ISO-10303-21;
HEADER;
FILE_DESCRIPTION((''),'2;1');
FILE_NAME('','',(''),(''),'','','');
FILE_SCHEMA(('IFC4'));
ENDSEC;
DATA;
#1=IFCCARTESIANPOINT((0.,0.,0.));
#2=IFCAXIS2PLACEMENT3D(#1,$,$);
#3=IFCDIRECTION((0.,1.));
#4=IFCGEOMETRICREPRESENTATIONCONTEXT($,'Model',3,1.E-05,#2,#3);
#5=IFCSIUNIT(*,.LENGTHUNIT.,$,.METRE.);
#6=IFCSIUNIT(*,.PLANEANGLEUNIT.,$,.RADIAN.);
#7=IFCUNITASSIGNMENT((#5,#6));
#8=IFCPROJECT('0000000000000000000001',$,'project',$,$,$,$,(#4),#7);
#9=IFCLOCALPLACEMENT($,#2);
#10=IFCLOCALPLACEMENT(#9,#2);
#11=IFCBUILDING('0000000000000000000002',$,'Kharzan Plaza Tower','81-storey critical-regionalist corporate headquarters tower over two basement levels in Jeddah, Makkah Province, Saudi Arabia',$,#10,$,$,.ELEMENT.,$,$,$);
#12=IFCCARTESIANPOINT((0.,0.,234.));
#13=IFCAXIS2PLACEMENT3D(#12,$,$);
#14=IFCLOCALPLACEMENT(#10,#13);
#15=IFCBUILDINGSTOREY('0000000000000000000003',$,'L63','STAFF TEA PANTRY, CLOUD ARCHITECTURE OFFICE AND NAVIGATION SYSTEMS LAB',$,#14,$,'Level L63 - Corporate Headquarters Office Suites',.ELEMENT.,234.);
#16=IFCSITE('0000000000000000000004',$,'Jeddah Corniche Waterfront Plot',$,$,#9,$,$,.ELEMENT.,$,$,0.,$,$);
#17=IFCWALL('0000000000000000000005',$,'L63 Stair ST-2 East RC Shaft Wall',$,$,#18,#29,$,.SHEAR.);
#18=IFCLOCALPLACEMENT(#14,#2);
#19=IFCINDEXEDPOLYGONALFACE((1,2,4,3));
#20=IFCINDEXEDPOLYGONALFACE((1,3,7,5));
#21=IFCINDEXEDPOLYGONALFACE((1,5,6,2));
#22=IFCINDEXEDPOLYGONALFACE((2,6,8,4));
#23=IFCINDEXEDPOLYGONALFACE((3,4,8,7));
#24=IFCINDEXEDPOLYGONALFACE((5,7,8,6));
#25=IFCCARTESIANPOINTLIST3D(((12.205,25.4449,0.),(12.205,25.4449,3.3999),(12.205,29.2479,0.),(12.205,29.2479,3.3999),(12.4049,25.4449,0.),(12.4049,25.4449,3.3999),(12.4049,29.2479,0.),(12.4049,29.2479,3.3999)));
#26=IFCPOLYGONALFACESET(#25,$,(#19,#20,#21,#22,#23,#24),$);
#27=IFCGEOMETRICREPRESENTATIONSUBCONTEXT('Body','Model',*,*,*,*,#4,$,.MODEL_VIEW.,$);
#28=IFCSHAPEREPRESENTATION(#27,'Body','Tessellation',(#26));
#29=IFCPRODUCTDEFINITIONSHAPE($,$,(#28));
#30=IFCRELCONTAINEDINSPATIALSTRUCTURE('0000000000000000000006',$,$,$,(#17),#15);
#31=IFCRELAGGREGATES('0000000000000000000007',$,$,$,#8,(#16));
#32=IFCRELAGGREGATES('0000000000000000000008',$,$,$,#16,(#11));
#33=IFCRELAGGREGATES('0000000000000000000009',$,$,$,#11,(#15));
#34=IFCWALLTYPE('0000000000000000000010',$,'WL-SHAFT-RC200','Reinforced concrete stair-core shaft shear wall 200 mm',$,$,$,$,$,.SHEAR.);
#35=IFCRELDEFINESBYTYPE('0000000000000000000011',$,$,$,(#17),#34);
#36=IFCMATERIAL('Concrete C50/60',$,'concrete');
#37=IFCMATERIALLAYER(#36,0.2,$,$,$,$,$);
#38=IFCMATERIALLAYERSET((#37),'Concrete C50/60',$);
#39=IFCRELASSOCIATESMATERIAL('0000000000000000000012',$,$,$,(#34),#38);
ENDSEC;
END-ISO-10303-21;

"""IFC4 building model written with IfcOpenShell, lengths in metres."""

from ifc_helpers import new_model, si_unit, direction, frame, frame_2d, origin, place, context, subcontext, project, spatial, rectangle, extrude, source, transform, mapped, material, layer, layer_set, type_object, element, save


model = new_model("IFC4")

# Units and contexts
model_context = context("Model", 3, precision=1e-05, world=origin(), true_north=direction((0.0, 1.0)))
body_context = subcontext(model_context, "Body", "Model", "MODEL_VIEW")
ifc_project = project(units=[si_unit("LENGTHUNIT", "METRE"), si_unit("PLANEANGLEUNIT", "RADIAN")], contexts=[model_context])

# Site, building, storey
site_placement = place(None, origin())
site = spatial("IfcSite", under=ifc_project, at=site_placement, Name="Jeddah Corniche Waterfront Plot", CompositionType="ELEMENT", RefElevation=0.0)
building_placement = place(site_placement, origin())
building = spatial("IfcBuilding", under=site, at=building_placement, Name="Kharzan Plaza Tower", Description="81-storey critical-regionalist corporate headquarters tower over two basement levels in Jeddah, Makkah Province, Saudi Arabia", CompositionType="ELEMENT")
storey_placement = place(building_placement, frame((0.0, 0.0, 234.0)))
storey = spatial("IfcBuildingStorey", under=building, at=storey_placement, Name="L63", Description="STAFF TEA PANTRY, CLOUD ARCHITECTURE OFFICE AND NAVIGATION SYSTEMS LAB", LongName="Level L63 - Corporate Headquarters Office Suites", CompositionType="ELEMENT", Elevation=234.0)

# Wall
ifc_material_1 = material(Name="Concrete C50/60", Category="concrete")
ifc_layer_1 = layer(ifc_material_1, 0.2)
ifc_layer_set_1 = layer_set([ifc_layer_1], Name="Concrete C50/60")
wall_type_1 = type_object("IfcWallType", Name="WL-SHAFT-RC200", Description="Reinforced concrete stair-core shaft shear wall 200 mm", PredefinedType="SHEAR", material=ifc_layer_set_1)
shared_shape_1 = source(origin(), body_context, "Body", "SweptSolid", [
    extrude(rectangle(XDim=3.803, YDim=0.2, at=frame_2d((1.9014, 0.0))), origin(), (0.0, 0.0, 1.0), 3.3999),
])
wall_1_placement = place(storey_placement, frame((12.3049, 25.4451, 0.0), z_axis=(0.0, 0.0, 1.0), x_axis=(0.0, 1.0, 0.0)))
element("IfcWall", 1, at=wall_1_placement, inside=storey, type_object=wall_type_1, Name="L63 Stair ST-2 East RC Shaft Wall", PredefinedType="SHEAR", context=body_context, shape_type="MappedRepresentation", body=[
    mapped(shared_shape_1, transform((0.0, 0.0, 0.0), x_axis=(1.0, 0.0, 0.0), y_axis=(0.0, 1.0, 0.0), z_axis=(0.0, 0.0, 1.0))),
])

save(model, "model.ifc")
